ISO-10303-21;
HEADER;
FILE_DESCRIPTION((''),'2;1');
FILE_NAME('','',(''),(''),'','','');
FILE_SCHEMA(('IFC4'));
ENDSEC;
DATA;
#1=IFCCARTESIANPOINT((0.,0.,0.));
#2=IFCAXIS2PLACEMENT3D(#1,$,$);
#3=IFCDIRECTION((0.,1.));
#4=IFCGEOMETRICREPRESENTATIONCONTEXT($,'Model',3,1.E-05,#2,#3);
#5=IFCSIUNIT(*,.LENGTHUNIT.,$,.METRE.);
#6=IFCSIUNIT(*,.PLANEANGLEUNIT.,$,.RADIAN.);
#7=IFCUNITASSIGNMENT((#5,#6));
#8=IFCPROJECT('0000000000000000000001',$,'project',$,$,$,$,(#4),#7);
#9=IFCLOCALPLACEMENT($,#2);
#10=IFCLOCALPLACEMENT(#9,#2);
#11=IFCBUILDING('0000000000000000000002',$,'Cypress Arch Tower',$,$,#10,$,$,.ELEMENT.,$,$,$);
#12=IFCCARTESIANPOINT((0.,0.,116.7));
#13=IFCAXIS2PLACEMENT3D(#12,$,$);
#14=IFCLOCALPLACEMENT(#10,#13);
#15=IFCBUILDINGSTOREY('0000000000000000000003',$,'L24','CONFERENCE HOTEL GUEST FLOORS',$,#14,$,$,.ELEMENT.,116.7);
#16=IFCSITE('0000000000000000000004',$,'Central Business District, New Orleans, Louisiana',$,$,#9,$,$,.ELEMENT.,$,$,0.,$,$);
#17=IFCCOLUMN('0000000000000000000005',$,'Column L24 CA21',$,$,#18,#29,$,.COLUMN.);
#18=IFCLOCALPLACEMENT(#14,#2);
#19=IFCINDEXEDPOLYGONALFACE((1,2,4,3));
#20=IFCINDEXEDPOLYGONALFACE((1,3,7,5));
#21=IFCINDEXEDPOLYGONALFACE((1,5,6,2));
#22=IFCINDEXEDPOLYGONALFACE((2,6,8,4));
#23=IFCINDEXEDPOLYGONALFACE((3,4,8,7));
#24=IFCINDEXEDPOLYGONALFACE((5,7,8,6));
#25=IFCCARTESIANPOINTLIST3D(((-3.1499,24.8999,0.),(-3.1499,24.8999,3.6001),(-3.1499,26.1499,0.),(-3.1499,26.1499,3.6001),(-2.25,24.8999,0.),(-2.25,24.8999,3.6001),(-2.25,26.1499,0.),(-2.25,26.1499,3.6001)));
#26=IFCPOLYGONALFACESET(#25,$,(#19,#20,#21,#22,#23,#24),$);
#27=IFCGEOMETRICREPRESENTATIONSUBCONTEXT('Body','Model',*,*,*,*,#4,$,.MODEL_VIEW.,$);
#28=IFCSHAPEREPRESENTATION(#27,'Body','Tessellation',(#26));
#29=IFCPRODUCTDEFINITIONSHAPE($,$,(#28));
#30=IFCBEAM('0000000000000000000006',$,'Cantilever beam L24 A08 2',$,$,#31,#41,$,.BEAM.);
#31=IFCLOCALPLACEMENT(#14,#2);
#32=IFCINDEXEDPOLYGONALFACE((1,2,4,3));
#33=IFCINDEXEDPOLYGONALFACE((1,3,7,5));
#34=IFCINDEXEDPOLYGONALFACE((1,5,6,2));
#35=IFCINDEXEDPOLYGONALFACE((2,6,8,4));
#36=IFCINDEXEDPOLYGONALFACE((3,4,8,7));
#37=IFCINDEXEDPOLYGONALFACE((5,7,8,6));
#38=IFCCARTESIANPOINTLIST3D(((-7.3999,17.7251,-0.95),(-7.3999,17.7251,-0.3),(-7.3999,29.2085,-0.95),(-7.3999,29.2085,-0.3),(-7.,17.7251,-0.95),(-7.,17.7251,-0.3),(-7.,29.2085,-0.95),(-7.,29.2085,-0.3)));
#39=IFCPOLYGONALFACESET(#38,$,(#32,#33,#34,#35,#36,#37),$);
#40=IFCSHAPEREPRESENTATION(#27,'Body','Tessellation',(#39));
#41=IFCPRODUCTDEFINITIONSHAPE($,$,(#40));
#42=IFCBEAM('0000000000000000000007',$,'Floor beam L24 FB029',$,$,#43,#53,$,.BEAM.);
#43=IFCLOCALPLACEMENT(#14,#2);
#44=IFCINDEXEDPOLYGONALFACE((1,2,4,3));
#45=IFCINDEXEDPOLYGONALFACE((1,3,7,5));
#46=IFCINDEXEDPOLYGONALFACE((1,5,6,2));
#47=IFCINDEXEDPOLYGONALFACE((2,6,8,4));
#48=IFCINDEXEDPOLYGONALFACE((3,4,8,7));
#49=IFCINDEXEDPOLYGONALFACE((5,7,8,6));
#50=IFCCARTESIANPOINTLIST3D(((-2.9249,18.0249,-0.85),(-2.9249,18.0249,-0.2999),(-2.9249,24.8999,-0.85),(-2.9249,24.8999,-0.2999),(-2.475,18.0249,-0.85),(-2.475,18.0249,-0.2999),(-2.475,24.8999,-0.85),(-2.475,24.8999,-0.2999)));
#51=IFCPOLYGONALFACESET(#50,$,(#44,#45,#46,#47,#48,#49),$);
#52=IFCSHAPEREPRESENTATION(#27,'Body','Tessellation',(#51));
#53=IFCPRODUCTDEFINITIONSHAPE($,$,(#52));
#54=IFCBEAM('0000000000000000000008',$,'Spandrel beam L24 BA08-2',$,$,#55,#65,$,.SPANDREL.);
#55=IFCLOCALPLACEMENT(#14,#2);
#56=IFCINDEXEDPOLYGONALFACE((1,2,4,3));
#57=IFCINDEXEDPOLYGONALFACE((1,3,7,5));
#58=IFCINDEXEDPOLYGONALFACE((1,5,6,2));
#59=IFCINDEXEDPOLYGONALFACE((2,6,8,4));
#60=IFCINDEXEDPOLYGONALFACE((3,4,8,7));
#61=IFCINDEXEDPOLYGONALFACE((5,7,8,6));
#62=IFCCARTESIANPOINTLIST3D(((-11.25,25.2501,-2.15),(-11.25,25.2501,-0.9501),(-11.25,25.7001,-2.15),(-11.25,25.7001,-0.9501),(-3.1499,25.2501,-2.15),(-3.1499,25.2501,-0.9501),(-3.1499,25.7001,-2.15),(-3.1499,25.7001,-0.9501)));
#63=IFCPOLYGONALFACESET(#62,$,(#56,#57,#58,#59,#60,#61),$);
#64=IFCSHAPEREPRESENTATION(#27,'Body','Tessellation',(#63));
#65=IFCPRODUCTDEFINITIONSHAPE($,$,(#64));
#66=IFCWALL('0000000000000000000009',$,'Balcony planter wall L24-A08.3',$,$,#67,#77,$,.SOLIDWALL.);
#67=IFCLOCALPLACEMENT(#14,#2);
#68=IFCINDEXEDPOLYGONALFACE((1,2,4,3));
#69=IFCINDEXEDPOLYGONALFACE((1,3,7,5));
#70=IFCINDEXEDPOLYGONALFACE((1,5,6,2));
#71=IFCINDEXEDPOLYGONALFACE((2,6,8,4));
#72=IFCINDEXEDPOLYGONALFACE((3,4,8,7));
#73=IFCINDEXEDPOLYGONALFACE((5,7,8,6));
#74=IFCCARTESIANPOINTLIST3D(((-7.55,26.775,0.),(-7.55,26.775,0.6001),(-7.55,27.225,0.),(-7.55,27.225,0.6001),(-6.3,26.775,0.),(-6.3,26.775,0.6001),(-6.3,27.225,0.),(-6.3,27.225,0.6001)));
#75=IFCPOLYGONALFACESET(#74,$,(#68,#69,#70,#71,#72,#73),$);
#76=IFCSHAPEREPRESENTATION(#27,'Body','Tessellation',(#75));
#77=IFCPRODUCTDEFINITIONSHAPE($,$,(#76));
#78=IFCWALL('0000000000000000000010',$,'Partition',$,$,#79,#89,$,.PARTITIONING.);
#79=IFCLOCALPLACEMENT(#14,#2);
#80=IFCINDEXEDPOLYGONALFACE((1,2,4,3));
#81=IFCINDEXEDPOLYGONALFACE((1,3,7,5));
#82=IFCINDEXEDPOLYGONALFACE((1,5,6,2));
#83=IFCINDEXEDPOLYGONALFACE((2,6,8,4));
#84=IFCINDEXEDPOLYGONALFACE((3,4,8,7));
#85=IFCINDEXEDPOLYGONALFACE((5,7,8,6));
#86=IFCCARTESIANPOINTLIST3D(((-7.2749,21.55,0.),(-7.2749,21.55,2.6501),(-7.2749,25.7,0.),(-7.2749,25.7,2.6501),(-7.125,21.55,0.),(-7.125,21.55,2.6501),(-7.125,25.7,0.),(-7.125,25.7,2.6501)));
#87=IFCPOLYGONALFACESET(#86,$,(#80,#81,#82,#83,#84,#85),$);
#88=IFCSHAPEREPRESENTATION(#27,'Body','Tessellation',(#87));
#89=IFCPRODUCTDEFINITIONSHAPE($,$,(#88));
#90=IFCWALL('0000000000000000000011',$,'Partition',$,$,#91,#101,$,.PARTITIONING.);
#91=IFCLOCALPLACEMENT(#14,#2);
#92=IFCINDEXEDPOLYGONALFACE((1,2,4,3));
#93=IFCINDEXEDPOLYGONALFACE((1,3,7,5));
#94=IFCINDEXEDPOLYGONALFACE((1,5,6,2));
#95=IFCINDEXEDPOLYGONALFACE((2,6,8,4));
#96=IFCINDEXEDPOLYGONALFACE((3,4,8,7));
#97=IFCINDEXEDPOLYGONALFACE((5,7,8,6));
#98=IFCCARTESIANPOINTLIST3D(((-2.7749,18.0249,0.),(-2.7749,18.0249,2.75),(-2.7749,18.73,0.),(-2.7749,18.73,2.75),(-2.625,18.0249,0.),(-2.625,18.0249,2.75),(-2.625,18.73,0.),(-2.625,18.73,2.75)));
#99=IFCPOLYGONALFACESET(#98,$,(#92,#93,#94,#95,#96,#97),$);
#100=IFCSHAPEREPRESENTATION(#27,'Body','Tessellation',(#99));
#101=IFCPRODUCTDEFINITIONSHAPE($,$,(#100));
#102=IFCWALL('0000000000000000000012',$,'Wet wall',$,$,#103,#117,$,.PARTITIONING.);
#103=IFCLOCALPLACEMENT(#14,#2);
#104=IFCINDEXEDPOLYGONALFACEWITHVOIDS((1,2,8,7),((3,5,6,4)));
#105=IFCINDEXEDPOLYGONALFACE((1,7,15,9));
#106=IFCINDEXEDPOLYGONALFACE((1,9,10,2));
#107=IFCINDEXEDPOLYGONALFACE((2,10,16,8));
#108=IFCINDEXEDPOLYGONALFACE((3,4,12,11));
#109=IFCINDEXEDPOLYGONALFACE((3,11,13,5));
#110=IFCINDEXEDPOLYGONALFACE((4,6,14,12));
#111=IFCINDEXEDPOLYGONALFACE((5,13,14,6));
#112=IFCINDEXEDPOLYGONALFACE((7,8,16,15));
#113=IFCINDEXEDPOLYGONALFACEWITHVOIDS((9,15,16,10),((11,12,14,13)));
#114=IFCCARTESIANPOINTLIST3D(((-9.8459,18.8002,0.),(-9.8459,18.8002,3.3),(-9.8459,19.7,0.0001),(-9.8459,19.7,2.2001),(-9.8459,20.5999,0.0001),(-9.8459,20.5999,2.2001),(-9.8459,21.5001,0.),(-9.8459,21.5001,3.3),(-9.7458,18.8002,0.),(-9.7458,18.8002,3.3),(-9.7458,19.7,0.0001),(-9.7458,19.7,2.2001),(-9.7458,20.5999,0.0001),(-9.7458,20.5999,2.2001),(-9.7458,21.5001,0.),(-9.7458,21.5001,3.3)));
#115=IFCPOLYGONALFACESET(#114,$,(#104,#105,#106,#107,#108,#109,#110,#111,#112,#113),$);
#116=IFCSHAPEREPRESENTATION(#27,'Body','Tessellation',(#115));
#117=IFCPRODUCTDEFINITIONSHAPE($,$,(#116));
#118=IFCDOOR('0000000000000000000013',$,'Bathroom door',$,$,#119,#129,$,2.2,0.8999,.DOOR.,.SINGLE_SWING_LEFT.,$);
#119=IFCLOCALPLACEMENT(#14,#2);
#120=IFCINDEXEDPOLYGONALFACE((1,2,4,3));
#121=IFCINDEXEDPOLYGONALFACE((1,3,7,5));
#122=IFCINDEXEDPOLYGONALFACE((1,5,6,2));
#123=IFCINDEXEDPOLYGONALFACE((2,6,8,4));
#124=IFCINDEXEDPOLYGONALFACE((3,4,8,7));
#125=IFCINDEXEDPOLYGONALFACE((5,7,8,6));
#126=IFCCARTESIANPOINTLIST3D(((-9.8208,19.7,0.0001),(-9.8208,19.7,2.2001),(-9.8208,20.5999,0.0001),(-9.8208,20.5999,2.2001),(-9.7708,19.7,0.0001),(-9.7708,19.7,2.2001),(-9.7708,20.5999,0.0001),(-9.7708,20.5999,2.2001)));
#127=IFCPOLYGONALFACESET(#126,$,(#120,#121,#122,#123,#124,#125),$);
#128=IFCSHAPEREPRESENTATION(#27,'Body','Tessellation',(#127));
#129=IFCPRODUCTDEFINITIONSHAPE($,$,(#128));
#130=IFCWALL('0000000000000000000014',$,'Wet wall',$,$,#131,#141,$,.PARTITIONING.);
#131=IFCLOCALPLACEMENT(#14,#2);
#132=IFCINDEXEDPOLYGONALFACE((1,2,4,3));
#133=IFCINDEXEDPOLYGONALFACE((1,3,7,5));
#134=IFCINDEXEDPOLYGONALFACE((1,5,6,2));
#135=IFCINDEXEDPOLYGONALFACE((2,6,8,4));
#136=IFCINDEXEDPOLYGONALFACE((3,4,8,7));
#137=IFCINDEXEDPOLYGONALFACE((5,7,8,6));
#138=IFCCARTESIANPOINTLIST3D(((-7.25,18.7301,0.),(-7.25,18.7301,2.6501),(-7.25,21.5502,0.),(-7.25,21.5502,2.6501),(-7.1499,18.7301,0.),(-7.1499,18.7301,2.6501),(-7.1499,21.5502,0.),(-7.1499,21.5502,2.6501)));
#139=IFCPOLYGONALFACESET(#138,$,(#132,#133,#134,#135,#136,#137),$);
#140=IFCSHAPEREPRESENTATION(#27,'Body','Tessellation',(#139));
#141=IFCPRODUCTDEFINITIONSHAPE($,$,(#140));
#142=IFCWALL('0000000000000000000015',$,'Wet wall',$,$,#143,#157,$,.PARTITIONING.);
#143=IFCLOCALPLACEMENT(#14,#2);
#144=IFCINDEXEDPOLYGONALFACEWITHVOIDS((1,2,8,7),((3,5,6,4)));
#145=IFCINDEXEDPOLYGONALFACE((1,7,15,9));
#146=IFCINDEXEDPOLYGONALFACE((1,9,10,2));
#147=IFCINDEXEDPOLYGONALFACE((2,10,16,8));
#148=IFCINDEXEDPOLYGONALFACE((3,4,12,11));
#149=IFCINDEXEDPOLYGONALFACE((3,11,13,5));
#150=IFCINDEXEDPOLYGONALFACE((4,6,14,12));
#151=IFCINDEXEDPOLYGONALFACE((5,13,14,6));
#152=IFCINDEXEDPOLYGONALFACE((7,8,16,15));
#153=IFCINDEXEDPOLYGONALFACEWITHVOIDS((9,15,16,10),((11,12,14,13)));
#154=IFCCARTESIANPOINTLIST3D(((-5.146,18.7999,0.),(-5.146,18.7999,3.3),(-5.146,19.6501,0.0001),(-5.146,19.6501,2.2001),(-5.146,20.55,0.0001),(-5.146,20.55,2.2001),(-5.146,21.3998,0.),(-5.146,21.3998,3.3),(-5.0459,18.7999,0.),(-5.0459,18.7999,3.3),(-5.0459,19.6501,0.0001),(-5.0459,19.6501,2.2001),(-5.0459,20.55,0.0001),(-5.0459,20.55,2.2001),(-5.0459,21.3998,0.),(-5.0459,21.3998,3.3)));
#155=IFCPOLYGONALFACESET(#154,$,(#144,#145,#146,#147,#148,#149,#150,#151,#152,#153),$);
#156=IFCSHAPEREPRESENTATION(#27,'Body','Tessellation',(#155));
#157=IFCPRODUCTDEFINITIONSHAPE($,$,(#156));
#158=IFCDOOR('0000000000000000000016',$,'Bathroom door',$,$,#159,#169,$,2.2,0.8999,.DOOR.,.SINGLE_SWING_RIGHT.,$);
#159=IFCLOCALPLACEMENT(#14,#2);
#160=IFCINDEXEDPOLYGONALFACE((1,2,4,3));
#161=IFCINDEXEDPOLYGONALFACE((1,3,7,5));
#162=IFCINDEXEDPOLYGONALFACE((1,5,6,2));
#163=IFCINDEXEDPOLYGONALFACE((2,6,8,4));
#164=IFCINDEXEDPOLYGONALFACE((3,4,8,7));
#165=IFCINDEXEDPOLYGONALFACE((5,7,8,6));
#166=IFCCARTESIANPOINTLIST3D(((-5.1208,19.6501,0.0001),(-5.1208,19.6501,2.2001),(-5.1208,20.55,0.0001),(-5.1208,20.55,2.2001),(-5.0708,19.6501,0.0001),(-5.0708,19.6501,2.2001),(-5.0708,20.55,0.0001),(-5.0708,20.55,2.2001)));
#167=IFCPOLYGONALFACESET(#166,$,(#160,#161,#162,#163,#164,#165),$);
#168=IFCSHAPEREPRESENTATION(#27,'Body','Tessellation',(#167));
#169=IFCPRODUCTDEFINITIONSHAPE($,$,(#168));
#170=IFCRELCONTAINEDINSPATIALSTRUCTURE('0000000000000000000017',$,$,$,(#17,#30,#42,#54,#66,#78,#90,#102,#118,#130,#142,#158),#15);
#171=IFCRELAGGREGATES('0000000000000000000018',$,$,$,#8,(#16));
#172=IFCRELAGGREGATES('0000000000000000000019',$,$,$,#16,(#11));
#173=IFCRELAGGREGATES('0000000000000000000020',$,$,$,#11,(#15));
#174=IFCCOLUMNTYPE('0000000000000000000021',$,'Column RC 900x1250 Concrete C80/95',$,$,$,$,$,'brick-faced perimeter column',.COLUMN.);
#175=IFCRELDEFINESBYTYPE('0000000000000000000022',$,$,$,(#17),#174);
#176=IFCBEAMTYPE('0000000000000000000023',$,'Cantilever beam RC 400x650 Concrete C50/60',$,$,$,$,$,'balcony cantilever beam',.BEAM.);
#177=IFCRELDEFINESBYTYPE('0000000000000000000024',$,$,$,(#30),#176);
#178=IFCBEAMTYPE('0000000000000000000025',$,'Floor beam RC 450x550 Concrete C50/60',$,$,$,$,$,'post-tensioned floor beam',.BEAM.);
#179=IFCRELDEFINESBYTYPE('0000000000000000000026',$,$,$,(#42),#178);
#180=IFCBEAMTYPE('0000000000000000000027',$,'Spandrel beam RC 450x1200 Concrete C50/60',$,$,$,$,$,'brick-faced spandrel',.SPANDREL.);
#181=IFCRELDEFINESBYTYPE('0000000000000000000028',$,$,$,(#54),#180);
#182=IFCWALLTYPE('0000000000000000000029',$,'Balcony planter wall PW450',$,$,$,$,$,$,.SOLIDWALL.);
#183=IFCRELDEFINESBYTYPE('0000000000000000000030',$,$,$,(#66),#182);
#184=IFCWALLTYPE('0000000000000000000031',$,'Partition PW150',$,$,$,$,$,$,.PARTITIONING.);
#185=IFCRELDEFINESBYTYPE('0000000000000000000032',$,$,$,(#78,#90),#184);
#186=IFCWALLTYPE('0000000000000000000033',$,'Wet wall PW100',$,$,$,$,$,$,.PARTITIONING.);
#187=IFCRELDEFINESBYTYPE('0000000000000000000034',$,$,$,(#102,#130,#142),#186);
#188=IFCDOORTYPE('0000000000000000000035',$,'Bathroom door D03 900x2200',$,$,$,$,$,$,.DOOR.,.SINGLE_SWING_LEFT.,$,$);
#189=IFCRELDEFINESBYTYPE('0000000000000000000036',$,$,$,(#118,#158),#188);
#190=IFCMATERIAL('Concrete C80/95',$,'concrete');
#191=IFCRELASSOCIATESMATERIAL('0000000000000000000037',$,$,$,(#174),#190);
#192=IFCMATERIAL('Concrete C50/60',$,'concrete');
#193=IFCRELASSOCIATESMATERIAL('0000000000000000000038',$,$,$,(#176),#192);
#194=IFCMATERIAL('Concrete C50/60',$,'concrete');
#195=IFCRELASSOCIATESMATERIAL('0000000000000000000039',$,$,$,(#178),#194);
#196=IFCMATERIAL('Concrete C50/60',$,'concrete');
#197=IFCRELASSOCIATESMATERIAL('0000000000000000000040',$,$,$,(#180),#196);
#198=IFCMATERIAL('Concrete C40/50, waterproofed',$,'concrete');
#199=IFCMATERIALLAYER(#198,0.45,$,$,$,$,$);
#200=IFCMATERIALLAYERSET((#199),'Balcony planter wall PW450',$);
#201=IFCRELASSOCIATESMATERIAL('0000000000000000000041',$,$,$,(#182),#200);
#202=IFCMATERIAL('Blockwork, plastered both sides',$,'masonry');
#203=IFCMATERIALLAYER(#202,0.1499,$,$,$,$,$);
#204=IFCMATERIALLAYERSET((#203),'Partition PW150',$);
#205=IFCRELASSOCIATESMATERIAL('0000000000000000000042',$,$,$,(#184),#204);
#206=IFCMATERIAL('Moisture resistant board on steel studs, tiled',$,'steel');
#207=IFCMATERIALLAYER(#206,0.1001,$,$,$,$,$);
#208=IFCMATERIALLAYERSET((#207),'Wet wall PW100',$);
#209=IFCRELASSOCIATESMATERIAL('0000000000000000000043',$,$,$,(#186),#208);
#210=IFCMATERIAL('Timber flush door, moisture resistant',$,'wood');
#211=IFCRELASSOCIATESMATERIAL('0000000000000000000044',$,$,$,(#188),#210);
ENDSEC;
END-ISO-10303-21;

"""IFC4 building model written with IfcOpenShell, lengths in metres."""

from ifc_helpers import new_model, si_unit, direction, frame, frame_2d, origin, origin_2d, place, context, subcontext, project, spatial, rectangle, extrude, material, layer, layer_set, material_profile, profile_set, type_object, element, fill, save


model = new_model("IFC4")

# Units and contexts
model_context = context("Model", 3, precision=1e-05, world=origin(), true_north=direction((0.0, 1.0)))
body_context = subcontext(model_context, "Body", "Model", "MODEL_VIEW")
ifc_project = project(units=[si_unit("LENGTHUNIT", "METRE"), si_unit("PLANEANGLEUNIT", "RADIAN")], contexts=[model_context])

# Site, building, storey
site_placement = place(None, origin())
site = spatial("IfcSite", under=ifc_project, at=site_placement, Name="Central Business District, New Orleans, Louisiana", CompositionType="ELEMENT", RefElevation=0.0)
building_placement = place(site_placement, origin())
building = spatial("IfcBuilding", under=site, at=building_placement, Name="Cypress Arch Tower", CompositionType="ELEMENT")
storey_placement = place(building_placement, frame((0.0, 0.0, 116.7)))
storey = spatial("IfcBuildingStorey", under=building, at=storey_placement, Name="L24", Description="CONFERENCE HOTEL GUEST FLOORS", CompositionType="ELEMENT", Elevation=116.7)

# Column
ifc_material_1 = material(Name="Concrete C80/95", Category="concrete")
ifc_material_profile_1 = material_profile(ifc_material_1, rectangle(XDim=0.8999, YDim=1.25, at=origin_2d()), Name="RC 900x1250")
ifc_profile_set_1 = profile_set([ifc_material_profile_1], Name="Concrete C80/95")
column_type = type_object("IfcColumnType", Name="Column RC 900x1250 Concrete C80/95", ElementType="brick-faced perimeter column", PredefinedType="COLUMN", material=ifc_profile_set_1)
column_placement = place(storey_placement, frame((-2.7, 25.5249, 0.0), z_axis=(0.0, 0.0, 1.0), x_axis=(-1.0, 0.0, 0.0)))
element("IfcColumn", 1, at=column_placement, inside=storey, type_object=column_type, Name="Column L24 CA21", PredefinedType="COLUMN", context=body_context, shape_type="SweptSolid", body=[
    extrude(rectangle(XDim=0.8999, YDim=1.25, at=origin_2d()), origin(), (0.0, 0.0, 1.0), 3.6001),
])

# Beams
ifc_material_2 = material(Name="Concrete C50/60", Category="concrete")
ifc_material_profile_2 = material_profile(ifc_material_2, rectangle(XDim=0.3999, YDim=0.6499, at=origin_2d()), Name="RC 400x650")
ifc_profile_set_2 = profile_set([ifc_material_profile_2], Name="Concrete C50/60")
beam_type_1 = type_object("IfcBeamType", Name="Cantilever beam RC 400x650 Concrete C50/60", ElementType="balcony cantilever beam", PredefinedType="BEAM", material=ifc_profile_set_2)
beam_1_placement = place(storey_placement, frame((-7.2, 17.7251, -0.625), z_axis=(0.0, 1.0, 0.0), x_axis=(-1.0, 0.0, 0.0)))
element("IfcBeam", 2, at=beam_1_placement, inside=storey, type_object=beam_type_1, Name="Cantilever beam L24 A08 2", PredefinedType="BEAM", context=body_context, shape_type="SweptSolid", body=[
    extrude(rectangle(XDim=0.3999, YDim=0.6499, at=origin_2d()), origin(), (0.0, 0.0, 1.0), 11.4834),
])
ifc_material_3 = material(Name="Concrete C50/60", Category="concrete")
ifc_material_profile_3 = material_profile(ifc_material_3, rectangle(XDim=0.45, YDim=0.55, at=origin_2d()), Name="RC 450x550")
ifc_profile_set_3 = profile_set([ifc_material_profile_3], Name="Concrete C50/60")
beam_type_2 = type_object("IfcBeamType", Name="Floor beam RC 450x550 Concrete C50/60", ElementType="post-tensioned floor beam", PredefinedType="BEAM", material=ifc_profile_set_3)
beam_2_placement = place(storey_placement, frame((-2.7, 18.0249, -0.575), z_axis=(0.0, 1.0, 0.0), x_axis=(-1.0, 0.0, 0.0)))
element("IfcBeam", 3, at=beam_2_placement, inside=storey, type_object=beam_type_2, Name="Floor beam L24 FB029", PredefinedType="BEAM", context=body_context, shape_type="SweptSolid", body=[
    extrude(rectangle(XDim=0.45, YDim=0.55, at=origin_2d()), origin(), (0.0, 0.0, 1.0), 6.875),
])
ifc_material_4 = material(Name="Concrete C50/60", Category="concrete")
ifc_material_profile_4 = material_profile(ifc_material_4, rectangle(XDim=0.45, YDim=1.2, at=origin_2d()), Name="RC 450x1200")
ifc_profile_set_4 = profile_set([ifc_material_profile_4], Name="Concrete C50/60")
beam_type_3 = type_object("IfcBeamType", Name="Spandrel beam RC 450x1200 Concrete C50/60", ElementType="brick-faced spandrel", PredefinedType="SPANDREL", material=ifc_profile_set_4)
beam_3_placement = place(storey_placement, frame((-3.1499, 25.4751, -1.55), z_axis=(-1.0, 0.0, 0.0), x_axis=(0.0, -1.0, 0.0)))
element("IfcBeam", 4, at=beam_3_placement, inside=storey, type_object=beam_type_3, Name="Spandrel beam L24 BA08-2", PredefinedType="SPANDREL", context=body_context, shape_type="SweptSolid", body=[
    extrude(rectangle(XDim=0.45, YDim=1.2, at=origin_2d()), origin(), (0.0, 0.0, 1.0), 8.1001),
])

# Wall
ifc_material_5 = material(Name="Concrete C40/50, waterproofed", Category="concrete")
ifc_layer_1 = layer(ifc_material_5, 0.45)
ifc_layer_set_1 = layer_set([ifc_layer_1], Name="Balcony planter wall PW450")
wall_type_1 = type_object("IfcWallType", Name="Balcony planter wall PW450", PredefinedType="SOLIDWALL", material=ifc_layer_set_1)
wall_1_placement = place(storey_placement, frame((-6.3, 27.0, 0.0), z_axis=(0.0, 0.0, 1.0), x_axis=(-1.0, 0.0, 0.0)))
element("IfcWall", 5, at=wall_1_placement, inside=storey, type_object=wall_type_1, Name="Balcony planter wall L24-A08.3", PredefinedType="SOLIDWALL", context=body_context, shape_type="SweptSolid", body=[
    extrude(rectangle(XDim=1.25, YDim=0.45, at=frame_2d((0.625, 0.0))), origin(), (0.0, 0.0, 1.0), 0.6001),
])

# Walls
ifc_material_6 = material(Name="Blockwork, plastered both sides", Category="masonry")
ifc_layer_2 = layer(ifc_material_6, 0.1499)
ifc_layer_set_2 = layer_set([ifc_layer_2], Name="Partition PW150")
wall_type_2 = type_object("IfcWallType", Name="Partition PW150", PredefinedType="PARTITIONING", material=ifc_layer_set_2)
wall_2_placement = place(storey_placement, frame((-7.2, 21.55, 0.0), z_axis=(0.0, 0.0, 1.0), x_axis=(0.0, 1.0, 0.0)))
element("IfcWall", 6, at=wall_2_placement, inside=storey, type_object=wall_type_2, Name="Partition", PredefinedType="PARTITIONING", context=body_context, shape_type="SweptSolid", body=[
    extrude(rectangle(XDim=4.1499, YDim=0.1499, at=frame_2d((2.075, 0.0))), origin(), (0.0, 0.0, 1.0), 2.6501),
])
wall_3_placement = place(storey_placement, frame((-2.7, 18.0249, 0.0), z_axis=(0.0, 0.0, 1.0), x_axis=(0.0, 1.0, 0.0)))
element("IfcWall", 7, at=wall_3_placement, inside=storey, type_object=wall_type_2, Name="Partition", PredefinedType="PARTITIONING", context=body_context, shape_type="SweptSolid", body=[
    extrude(rectangle(XDim=0.7051, YDim=0.1499, at=frame_2d((0.3525, 0.0))), origin(), (0.0, 0.0, 1.0), 2.75),
])

# Wall, opening, door
ifc_material_7 = material(Name="Moisture resistant board on steel studs, tiled", Category="steel")
ifc_layer_3 = layer(ifc_material_7, 0.1001)
ifc_layer_set_3 = layer_set([ifc_layer_3], Name="Wet wall PW100")
wall_type_3 = type_object("IfcWallType", Name="Wet wall PW100", PredefinedType="PARTITIONING", material=ifc_layer_set_3)
wall_4_placement = place(storey_placement, frame((-9.7959, 18.8, 0.0), z_axis=(0.0, 0.0, 1.0), x_axis=(0.0, 1.0, 0.0)))
wall_4 = element("IfcWall", 8, at=wall_4_placement, inside=storey, type_object=wall_type_3, Name="Wet wall", PredefinedType="PARTITIONING", context=body_context, shape_type="SweptSolid", body=[
    extrude(rectangle(XDim=2.7, YDim=0.1001, at=frame_2d((1.3501, 0.0))), origin(), (0.0, 0.0, 1.0), 3.3),
])
opening_1_placement = place(wall_4_placement, frame((0.8999, 0.0, 0.0)))
opening_1 = element("IfcOpeningElement", 9, at=opening_1_placement, cuts=wall_4, PredefinedType="OPENING", context=body_context, shape_type="SweptSolid", body=[
    extrude(rectangle(XDim=0.8999, YDim=2.2, at=frame_2d((0.45, 1.1001))), frame((0.0, 0.0601, 0.0), z_axis=(0.0, -1.0, 0.0), x_axis=(1.0, 0.0, 0.0)), (0.0, 0.0, 1.0), 0.1201),
])
ifc_material_8 = material(Name="Timber flush door, moisture resistant", Category="wood")
door_type_1 = type_object("IfcDoorType", Name="Bathroom door D03 900x2200", OperationType="SINGLE_SWING_LEFT", PredefinedType="DOOR", material=ifc_material_8)
door_1_placement = place(opening_1_placement, origin())
door_1 = element("IfcDoor", 10, at=door_1_placement, inside=storey, type_object=door_type_1, Name="Bathroom door", OperationType="SINGLE_SWING_LEFT", OverallHeight=2.2, OverallWidth=0.8999, PredefinedType="DOOR", context=body_context, shape_type="SweptSolid", body=[
    extrude(rectangle(XDim=0.8999, YDim=2.2, at=frame_2d((0.45, 1.1001))), frame((0.0, 0.0249, 0.0), z_axis=(0.0, -1.0, 0.0), x_axis=(1.0, 0.0, 0.0)), (0.0, 0.0, 1.0), 0.05),
])
fill(opening_1, door_1)

# Wall
wall_5_placement = place(storey_placement, frame((-7.2, 18.73, 0.0), z_axis=(0.0, 0.0, 1.0), x_axis=(0.0, 1.0, 0.0)))
element("IfcWall", 11, at=wall_5_placement, inside=storey, type_object=wall_type_3, Name="Wet wall", PredefinedType="PARTITIONING", context=body_context, shape_type="SweptSolid", body=[
    extrude(rectangle(XDim=2.8201, YDim=0.1001, at=frame_2d((1.4102, 0.0))), origin(), (0.0, 0.0, 1.0), 2.6501),
])

# Wall, opening, door
wall_6_placement = place(storey_placement, frame((-5.0959, 18.8, 0.0), z_axis=(0.0, 0.0, 1.0), x_axis=(0.0, 1.0, 0.0)))
wall_6 = element("IfcWall", 12, at=wall_6_placement, inside=storey, type_object=wall_type_3, Name="Wet wall", PredefinedType="PARTITIONING", context=body_context, shape_type="SweptSolid", body=[
    extrude(rectangle(XDim=2.5999, YDim=0.1001, at=frame_2d((1.2998, 0.0))), origin(), (0.0, 0.0, 1.0), 3.3),
])
opening_2_placement = place(wall_6_placement, frame((0.8501, 0.0, 0.0)))
opening_2 = element("IfcOpeningElement", 13, at=opening_2_placement, cuts=wall_6, PredefinedType="OPENING", context=body_context, shape_type="SweptSolid", body=[
    extrude(rectangle(XDim=0.8999, YDim=2.2, at=frame_2d((0.45, 1.1001))), frame((0.0, 0.0601, 0.0), z_axis=(0.0, -1.0, 0.0), x_axis=(1.0, 0.0, 0.0)), (0.0, 0.0, 1.0), 0.1201),
])
door_2_placement = place(opening_2_placement, origin())
door_2 = element("IfcDoor", 14, at=door_2_placement, inside=storey, type_object=door_type_1, Name="Bathroom door", OperationType="SINGLE_SWING_RIGHT", OverallHeight=2.2, OverallWidth=0.8999, PredefinedType="DOOR", context=body_context, shape_type="SweptSolid", body=[
    extrude(rectangle(XDim=0.8999, YDim=2.2, at=frame_2d((0.45, 1.1001))), frame((0.0, 0.0249, 0.0), z_axis=(0.0, -1.0, 0.0), x_axis=(1.0, 0.0, 0.0)), (0.0, 0.0, 1.0), 0.05),
])
fill(opening_2, door_2)

save(model, "model.ifc")
